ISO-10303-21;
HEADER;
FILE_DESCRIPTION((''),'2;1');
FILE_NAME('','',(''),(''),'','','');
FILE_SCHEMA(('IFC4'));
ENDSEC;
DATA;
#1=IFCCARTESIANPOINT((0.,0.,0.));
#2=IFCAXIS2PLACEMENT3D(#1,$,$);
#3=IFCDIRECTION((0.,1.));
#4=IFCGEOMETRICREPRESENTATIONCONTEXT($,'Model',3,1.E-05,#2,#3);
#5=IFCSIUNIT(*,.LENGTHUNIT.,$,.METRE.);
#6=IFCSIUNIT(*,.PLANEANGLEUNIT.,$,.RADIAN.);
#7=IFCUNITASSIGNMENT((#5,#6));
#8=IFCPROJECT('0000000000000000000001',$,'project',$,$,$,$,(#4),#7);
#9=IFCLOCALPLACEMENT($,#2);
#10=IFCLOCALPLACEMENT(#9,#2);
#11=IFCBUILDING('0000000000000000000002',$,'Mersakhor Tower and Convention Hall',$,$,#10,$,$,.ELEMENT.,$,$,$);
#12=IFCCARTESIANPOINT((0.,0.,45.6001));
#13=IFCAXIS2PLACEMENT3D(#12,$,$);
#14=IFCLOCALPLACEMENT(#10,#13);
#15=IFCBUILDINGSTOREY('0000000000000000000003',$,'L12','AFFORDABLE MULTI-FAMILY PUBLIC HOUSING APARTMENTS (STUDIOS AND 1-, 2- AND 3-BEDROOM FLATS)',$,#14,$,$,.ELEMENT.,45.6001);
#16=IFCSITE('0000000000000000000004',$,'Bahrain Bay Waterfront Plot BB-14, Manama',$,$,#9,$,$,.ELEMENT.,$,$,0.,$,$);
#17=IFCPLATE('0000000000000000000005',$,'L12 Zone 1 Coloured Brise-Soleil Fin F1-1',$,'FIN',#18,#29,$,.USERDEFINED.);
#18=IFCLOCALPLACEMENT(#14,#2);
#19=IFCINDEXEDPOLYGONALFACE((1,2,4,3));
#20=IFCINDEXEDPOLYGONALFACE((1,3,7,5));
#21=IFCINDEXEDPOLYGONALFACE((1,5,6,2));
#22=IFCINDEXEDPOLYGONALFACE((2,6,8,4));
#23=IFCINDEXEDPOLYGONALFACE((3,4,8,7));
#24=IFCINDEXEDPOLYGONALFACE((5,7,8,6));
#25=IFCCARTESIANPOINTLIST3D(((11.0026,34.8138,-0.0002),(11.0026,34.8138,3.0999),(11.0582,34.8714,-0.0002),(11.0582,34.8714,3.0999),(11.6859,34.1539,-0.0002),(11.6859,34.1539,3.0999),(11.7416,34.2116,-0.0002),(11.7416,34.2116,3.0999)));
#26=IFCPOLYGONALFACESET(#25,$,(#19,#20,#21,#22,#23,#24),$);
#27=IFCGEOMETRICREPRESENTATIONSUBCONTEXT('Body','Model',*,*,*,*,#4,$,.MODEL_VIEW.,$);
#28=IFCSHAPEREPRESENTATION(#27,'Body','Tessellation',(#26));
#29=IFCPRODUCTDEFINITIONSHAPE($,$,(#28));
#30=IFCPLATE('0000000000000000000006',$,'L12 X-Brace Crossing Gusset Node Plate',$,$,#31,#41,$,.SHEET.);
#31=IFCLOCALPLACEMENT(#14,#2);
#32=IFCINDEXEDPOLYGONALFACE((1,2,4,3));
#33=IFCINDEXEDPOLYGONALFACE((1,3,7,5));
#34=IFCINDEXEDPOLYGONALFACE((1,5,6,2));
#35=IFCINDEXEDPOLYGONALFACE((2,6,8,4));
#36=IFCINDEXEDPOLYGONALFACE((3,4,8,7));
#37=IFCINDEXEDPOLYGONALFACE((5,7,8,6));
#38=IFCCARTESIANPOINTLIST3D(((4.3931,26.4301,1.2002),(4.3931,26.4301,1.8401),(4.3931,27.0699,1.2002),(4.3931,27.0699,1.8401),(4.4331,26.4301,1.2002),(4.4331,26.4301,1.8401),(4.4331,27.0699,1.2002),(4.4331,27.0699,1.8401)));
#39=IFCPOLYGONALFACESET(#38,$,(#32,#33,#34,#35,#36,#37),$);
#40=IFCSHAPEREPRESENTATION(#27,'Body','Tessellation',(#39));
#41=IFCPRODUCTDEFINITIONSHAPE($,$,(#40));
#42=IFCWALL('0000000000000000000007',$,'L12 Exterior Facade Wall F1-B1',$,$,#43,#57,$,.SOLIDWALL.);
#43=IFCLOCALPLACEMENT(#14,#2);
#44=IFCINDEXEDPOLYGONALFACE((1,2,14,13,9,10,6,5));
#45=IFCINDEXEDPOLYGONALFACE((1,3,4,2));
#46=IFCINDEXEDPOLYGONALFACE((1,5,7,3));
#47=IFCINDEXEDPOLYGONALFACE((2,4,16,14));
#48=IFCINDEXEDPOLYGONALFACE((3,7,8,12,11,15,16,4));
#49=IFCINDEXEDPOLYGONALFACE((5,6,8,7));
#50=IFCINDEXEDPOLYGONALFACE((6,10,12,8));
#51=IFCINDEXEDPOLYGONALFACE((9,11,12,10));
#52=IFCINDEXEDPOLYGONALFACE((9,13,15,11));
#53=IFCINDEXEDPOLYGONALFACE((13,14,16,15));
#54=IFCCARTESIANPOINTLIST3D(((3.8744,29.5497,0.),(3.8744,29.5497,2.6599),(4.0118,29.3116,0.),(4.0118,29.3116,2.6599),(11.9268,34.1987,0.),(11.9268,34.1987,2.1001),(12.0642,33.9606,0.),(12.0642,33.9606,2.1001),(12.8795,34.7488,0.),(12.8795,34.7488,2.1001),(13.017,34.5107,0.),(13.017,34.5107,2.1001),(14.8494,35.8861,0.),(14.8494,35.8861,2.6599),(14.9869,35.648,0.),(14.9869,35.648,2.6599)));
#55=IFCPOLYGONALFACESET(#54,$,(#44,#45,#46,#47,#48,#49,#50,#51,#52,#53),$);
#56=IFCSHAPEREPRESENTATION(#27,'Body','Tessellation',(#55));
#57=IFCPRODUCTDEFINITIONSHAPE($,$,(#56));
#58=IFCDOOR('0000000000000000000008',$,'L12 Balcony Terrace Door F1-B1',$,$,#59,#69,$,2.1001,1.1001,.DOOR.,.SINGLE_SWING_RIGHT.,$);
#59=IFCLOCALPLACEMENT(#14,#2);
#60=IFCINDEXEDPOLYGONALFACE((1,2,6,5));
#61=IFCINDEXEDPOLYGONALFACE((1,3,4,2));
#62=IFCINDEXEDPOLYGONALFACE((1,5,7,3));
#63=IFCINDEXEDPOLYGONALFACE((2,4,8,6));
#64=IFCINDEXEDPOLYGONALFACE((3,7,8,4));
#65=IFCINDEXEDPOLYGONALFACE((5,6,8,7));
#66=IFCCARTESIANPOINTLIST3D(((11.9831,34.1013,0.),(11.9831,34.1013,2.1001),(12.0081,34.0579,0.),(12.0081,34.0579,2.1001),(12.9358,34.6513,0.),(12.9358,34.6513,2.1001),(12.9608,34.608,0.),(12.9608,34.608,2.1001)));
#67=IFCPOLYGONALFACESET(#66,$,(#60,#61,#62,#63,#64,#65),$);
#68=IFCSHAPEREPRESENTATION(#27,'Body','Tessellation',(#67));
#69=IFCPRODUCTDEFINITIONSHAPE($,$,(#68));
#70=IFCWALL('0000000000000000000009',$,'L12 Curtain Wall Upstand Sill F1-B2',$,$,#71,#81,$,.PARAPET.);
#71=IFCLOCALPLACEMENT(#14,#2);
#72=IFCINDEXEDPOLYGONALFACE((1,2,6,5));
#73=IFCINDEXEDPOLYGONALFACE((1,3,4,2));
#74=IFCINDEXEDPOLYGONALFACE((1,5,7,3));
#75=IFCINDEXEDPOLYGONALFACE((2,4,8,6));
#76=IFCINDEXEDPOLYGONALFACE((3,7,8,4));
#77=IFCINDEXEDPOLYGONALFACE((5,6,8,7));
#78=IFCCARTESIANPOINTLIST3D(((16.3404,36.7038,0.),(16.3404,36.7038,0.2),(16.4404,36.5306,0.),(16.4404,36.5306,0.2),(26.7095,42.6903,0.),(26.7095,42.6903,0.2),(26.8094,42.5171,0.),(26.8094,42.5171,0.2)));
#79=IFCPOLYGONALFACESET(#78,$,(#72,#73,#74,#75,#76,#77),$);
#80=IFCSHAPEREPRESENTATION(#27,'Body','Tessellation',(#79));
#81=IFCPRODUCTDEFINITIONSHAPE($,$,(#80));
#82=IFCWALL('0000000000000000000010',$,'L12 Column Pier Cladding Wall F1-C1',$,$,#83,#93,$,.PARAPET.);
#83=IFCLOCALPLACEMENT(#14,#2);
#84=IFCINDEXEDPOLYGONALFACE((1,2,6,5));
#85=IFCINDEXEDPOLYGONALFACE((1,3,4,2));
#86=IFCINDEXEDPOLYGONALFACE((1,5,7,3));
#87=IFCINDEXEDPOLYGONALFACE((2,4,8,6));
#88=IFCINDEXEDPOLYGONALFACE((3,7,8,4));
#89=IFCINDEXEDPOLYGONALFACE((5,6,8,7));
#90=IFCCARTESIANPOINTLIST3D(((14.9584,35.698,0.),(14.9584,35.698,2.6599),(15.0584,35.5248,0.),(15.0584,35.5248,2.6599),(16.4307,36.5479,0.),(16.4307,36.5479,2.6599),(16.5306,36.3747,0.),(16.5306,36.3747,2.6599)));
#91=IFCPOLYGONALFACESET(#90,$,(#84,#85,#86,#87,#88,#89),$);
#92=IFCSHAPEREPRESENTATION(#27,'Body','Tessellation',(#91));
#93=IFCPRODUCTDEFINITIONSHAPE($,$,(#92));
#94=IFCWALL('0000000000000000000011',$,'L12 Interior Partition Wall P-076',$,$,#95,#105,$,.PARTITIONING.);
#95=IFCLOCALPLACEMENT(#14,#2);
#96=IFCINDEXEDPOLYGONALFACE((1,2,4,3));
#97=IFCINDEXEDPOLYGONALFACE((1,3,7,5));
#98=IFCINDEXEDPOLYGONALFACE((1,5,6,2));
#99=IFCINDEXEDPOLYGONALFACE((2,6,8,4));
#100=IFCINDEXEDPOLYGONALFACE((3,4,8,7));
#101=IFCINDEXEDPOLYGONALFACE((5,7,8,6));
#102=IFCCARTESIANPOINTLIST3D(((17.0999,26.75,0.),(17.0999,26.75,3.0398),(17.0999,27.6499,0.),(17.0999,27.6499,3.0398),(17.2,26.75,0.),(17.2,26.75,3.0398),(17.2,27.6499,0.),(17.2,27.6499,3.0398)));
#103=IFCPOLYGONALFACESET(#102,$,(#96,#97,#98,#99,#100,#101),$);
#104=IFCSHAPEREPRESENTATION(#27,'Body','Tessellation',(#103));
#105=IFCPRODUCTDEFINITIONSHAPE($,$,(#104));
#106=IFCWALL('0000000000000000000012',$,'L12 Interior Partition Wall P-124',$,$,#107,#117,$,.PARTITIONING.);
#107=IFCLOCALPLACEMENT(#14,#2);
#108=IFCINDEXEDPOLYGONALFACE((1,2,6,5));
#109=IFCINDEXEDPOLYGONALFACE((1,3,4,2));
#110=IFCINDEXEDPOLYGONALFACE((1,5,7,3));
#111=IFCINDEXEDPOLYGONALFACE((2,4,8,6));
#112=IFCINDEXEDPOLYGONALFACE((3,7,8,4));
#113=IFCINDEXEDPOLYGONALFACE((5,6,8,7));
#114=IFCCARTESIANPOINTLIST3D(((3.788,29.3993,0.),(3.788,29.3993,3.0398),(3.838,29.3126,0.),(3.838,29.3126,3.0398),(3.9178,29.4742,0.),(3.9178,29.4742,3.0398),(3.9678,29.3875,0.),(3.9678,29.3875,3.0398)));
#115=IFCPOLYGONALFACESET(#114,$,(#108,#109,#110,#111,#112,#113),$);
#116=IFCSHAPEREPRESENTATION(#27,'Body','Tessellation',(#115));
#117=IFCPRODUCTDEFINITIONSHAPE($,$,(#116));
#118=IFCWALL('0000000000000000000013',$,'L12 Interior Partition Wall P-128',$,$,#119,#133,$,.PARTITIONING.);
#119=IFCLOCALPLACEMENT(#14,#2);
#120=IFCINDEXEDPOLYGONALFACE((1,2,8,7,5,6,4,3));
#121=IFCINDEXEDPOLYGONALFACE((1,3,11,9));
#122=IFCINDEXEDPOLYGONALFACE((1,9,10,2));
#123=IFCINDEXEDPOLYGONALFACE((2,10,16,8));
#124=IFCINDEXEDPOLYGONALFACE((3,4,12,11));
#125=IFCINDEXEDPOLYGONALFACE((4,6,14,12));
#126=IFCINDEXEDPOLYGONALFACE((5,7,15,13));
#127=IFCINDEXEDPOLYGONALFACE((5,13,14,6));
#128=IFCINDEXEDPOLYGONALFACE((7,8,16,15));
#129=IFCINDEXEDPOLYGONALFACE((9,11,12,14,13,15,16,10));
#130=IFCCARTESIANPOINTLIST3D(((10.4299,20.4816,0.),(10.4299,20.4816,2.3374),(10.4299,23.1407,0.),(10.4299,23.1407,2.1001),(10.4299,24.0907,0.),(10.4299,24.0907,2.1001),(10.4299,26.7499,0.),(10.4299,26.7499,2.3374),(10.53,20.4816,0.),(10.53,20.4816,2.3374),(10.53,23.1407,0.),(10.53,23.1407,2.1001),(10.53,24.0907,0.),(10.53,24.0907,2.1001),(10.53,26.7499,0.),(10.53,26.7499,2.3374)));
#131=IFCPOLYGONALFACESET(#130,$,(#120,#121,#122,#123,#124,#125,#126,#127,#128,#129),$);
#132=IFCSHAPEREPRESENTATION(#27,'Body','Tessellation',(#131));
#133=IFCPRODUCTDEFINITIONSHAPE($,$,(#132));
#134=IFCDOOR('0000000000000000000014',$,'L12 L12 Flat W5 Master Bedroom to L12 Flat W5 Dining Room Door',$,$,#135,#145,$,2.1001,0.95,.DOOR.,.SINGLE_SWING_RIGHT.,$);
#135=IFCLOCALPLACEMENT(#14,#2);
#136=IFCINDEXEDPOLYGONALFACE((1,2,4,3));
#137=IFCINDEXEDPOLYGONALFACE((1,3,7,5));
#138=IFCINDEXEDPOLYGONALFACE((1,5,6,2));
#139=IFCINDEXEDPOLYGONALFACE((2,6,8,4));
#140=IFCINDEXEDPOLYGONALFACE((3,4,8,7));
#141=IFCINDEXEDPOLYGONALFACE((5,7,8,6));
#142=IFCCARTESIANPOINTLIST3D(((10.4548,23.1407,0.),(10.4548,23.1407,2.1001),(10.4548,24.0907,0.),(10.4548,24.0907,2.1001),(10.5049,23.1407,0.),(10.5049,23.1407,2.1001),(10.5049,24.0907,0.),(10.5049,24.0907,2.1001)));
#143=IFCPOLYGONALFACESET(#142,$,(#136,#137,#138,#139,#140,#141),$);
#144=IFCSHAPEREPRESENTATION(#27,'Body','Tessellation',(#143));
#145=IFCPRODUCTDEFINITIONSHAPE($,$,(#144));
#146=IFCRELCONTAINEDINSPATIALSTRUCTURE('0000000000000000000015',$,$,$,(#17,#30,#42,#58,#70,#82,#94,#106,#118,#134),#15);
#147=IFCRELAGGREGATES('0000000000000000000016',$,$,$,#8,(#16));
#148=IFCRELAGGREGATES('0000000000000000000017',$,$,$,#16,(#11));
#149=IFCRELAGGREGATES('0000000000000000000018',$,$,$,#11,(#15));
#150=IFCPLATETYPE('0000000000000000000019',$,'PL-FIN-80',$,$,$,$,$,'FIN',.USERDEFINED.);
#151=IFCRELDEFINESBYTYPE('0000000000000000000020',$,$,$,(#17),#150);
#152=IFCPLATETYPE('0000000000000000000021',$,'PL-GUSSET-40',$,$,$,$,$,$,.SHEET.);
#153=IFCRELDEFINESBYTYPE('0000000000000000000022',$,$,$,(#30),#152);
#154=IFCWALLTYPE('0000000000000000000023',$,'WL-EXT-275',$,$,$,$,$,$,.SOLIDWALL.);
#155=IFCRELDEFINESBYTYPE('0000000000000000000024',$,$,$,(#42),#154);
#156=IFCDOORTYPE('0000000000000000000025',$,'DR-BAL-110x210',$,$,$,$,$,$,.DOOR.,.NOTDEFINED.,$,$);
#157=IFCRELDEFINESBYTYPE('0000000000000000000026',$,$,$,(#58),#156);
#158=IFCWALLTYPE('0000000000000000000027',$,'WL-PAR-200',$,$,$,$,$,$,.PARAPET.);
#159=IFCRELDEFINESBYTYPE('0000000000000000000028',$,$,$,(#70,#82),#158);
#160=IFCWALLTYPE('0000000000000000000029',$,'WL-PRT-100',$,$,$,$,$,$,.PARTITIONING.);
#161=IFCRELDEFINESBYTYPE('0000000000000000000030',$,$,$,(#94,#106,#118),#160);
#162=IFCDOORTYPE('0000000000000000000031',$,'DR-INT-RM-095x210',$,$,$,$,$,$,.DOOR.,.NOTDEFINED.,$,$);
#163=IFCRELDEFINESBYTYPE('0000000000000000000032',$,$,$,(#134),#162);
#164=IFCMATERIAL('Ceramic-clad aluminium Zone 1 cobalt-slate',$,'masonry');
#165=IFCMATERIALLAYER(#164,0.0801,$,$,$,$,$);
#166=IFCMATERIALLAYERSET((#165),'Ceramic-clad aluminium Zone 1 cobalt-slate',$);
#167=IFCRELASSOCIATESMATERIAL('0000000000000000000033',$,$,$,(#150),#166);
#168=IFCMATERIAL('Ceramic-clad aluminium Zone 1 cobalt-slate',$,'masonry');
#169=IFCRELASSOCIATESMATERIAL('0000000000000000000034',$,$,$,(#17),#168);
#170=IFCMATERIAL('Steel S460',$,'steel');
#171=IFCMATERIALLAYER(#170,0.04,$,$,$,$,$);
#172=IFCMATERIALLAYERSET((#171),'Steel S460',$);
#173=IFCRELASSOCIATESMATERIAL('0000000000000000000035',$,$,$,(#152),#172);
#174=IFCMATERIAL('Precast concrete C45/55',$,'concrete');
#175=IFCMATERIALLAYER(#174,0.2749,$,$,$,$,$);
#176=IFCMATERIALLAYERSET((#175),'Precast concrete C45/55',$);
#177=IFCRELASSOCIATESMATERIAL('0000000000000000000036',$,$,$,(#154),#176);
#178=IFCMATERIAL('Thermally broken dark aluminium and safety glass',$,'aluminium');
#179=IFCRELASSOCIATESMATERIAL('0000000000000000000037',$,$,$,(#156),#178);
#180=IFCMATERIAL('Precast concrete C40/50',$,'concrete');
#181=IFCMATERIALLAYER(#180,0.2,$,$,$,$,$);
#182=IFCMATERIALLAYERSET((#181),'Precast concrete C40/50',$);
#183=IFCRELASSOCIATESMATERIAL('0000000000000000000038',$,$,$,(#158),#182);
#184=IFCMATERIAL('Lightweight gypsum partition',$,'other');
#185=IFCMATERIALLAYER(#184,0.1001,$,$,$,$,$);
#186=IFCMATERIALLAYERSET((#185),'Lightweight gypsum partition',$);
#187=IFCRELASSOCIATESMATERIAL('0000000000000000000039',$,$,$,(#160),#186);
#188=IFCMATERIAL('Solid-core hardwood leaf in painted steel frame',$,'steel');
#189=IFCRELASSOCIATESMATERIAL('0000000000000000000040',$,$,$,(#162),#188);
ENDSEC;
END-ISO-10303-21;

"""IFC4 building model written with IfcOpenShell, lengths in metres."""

from ifc_helpers import new_model, si_unit, direction, frame, frame_2d, origin, origin_2d, place, context, subcontext, project, spatial, rectangle, extrude, material, layer, layer_set, type_object, element, fill, save


model = new_model("IFC4")

# Units and contexts
model_context = context("Model", 3, precision=1e-05, world=origin(), true_north=direction((0.0, 1.0)))
body_context = subcontext(model_context, "Body", "Model", "MODEL_VIEW")
ifc_project = project(units=[si_unit("LENGTHUNIT", "METRE"), si_unit("PLANEANGLEUNIT", "RADIAN")], contexts=[model_context])

# Site, building, storey
site_placement = place(None, origin())
site = spatial("IfcSite", under=ifc_project, at=site_placement, Name="Bahrain Bay Waterfront Plot BB-14, Manama", CompositionType="ELEMENT", RefElevation=0.0)
building_placement = place(site_placement, origin())
building = spatial("IfcBuilding", under=site, at=building_placement, Name="Mersakhor Tower and Convention Hall", CompositionType="ELEMENT")
storey_placement = place(building_placement, frame((0.0, 0.0, 45.6001)))
storey = spatial("IfcBuildingStorey", under=building, at=storey_placement, Name="L12", Description="AFFORDABLE MULTI-FAMILY PUBLIC HOUSING APARTMENTS (STUDIOS AND 1-, 2- AND 3-BEDROOM FLATS)", CompositionType="ELEMENT", Elevation=45.6001)

# Plates
ifc_material_1 = material(Name="Ceramic-clad aluminium Zone 1 cobalt-slate", Category="masonry")
ifc_material_2 = material(Name="Ceramic-clad aluminium Zone 1 cobalt-slate", Category="masonry")
ifc_layer_1 = layer(ifc_material_2, 0.0801)
ifc_layer_set_1 = layer_set([ifc_layer_1], Name="Ceramic-clad aluminium Zone 1 cobalt-slate")
plate_type_1 = type_object("IfcPlateType", Name="PL-FIN-80", ElementType="FIN", PredefinedType="USERDEFINED", material=ifc_layer_set_1)
plate_1_placement = place(storey_placement, frame((11.3721, 34.5127, -0.0002), z_axis=(0.0, 0.0, 1.0), x_axis=(-0.71934, 0.694658, 0.0)))
element("IfcPlate", 1, at=plate_1_placement, inside=storey, type_object=plate_type_1, material=ifc_material_1, Name="L12 Zone 1 Coloured Brise-Soleil Fin F1-1", ObjectType="FIN", PredefinedType="USERDEFINED", context=body_context, shape_type="SweptSolid", body=[
    extrude(rectangle(XDim=0.95, YDim=0.0801, at=origin_2d()), origin(), (0.0, 0.0, 1.0), 3.1001),
])
ifc_material_3 = material(Name="Steel S460", Category="steel")
ifc_layer_2 = layer(ifc_material_3, 0.04)
ifc_layer_set_2 = layer_set([ifc_layer_2], Name="Steel S460")
plate_type_2 = type_object("IfcPlateType", Name="PL-GUSSET-40", PredefinedType="SHEET", material=ifc_layer_set_2)
plate_2_placement = place(storey_placement, frame((4.4131, 26.75, 1.2002), z_axis=(0.0, 0.0, 1.0), x_axis=(0.0, -1.0, 0.0)))
element("IfcPlate", 2, at=plate_2_placement, inside=storey, type_object=plate_type_2, Name="L12 X-Brace Crossing Gusset Node Plate", PredefinedType="SHEET", context=body_context, shape_type="SweptSolid", body=[
    extrude(rectangle(XDim=0.6399, YDim=0.04, at=origin_2d()), origin(), (0.0, 0.0, 1.0), 0.6399),
])

# Wall, opening, door
ifc_material_4 = material(Name="Precast concrete C45/55", Category="concrete")
ifc_layer_3 = layer(ifc_material_4, 0.2749)
ifc_layer_set_3 = layer_set([ifc_layer_3], Name="Precast concrete C45/55")
wall_type_1 = type_object("IfcWallType", Name="WL-EXT-275", PredefinedType="SOLIDWALL", material=ifc_layer_set_3)
wall_1_placement = place(storey_placement, frame((3.9431, 29.4307, 0.0), z_axis=(0.0, 0.0, 1.0), x_axis=(0.866027, 0.499997, 0.0)))
wall_1 = element("IfcWall", 3, at=wall_1_placement, inside=storey, type_object=wall_type_1, Name="L12 Exterior Facade Wall F1-B1", PredefinedType="SOLIDWALL", context=body_context, shape_type="SweptSolid", body=[
    extrude(rectangle(XDim=12.6729, YDim=0.2749, at=frame_2d((6.3364, 0.0))), origin(), (0.0, 0.0, 1.0), 2.6599),
])
opening_1_placement = place(wall_1_placement, frame((9.2981, 0.0, 0.0)))
opening_1 = element("IfcOpeningElement", 4, at=opening_1_placement, cuts=wall_1, PredefinedType="OPENING", context=body_context, shape_type="SweptSolid", body=[
    extrude(rectangle(XDim=1.1001, YDim=2.1001, at=frame_2d((0.55, 1.05))), frame((0.0, 0.1475, 0.0), z_axis=(0.0, -1.0, 0.0), x_axis=(1.0, 0.0, 0.0)), (0.0, 0.0, 1.0), 0.2949),
])
ifc_material_5 = material(Name="Thermally broken dark aluminium and safety glass", Category="aluminium")
door_type_1 = type_object("IfcDoorType", Name="DR-BAL-110x210", OperationType="NOTDEFINED", PredefinedType="DOOR", material=ifc_material_5)
door_1_placement = place(opening_1_placement, origin())
door_1 = element("IfcDoor", 5, at=door_1_placement, inside=storey, type_object=door_type_1, Name="L12 Balcony Terrace Door F1-B1", OperationType="SINGLE_SWING_RIGHT", OverallHeight=2.1001, OverallWidth=1.1001, PredefinedType="DOOR", context=body_context, shape_type="SweptSolid", body=[
    extrude(rectangle(XDim=1.1001, YDim=2.1001, at=frame_2d((0.55, 1.05))), frame((0.0, 0.0249, 0.0), z_axis=(0.0, -1.0, 0.0), x_axis=(1.0, 0.0, 0.0)), (0.0, 0.0, 1.0), 0.05),
])
fill(opening_1, door_1)

# Walls
ifc_material_6 = material(Name="Precast concrete C40/50", Category="concrete")
ifc_layer_4 = layer(ifc_material_6, 0.2)
ifc_layer_set_4 = layer_set([ifc_layer_4], Name="Precast concrete C40/50")
wall_type_2 = type_object("IfcWallType", Name="WL-PAR-200", PredefinedType="PARAPET", material=ifc_layer_set_4)
wall_2_placement = place(storey_placement, frame((16.3904, 36.6172, 0.0), z_axis=(0.0, 0.0, 1.0), x_axis=(0.866027, 0.499997, 0.0)))
element("IfcWall", 6, at=wall_2_placement, inside=storey, type_object=wall_type_2, Name="L12 Curtain Wall Upstand Sill F1-B2", PredefinedType="PARAPET", context=body_context, shape_type="SweptSolid", body=[
    extrude(rectangle(XDim=11.9731, YDim=0.2, at=frame_2d((5.9866, 0.0))), origin(), (0.0, 0.0, 1.0), 0.2),
])
wall_3_placement = place(storey_placement, frame((15.0083, 35.6113, 0.0), z_axis=(0.0, 0.0, 1.0), x_axis=(0.866052, 0.499955, 0.0)))
element("IfcWall", 7, at=wall_3_placement, inside=storey, type_object=wall_type_2, Name="L12 Column Pier Cladding Wall F1-C1", PredefinedType="PARAPET", context=body_context, shape_type="SweptSolid", body=[
    extrude(rectangle(XDim=1.7, YDim=0.2, at=frame_2d((0.8501, 0.0))), origin(), (0.0, 0.0, 1.0), 2.6599),
])
ifc_material_7 = material(Name="Lightweight gypsum partition", Category="other")
ifc_layer_5 = layer(ifc_material_7, 0.1001)
ifc_layer_set_5 = layer_set([ifc_layer_5], Name="Lightweight gypsum partition")
wall_type_3 = type_object("IfcWallType", Name="WL-PRT-100", PredefinedType="PARTITIONING", material=ifc_layer_set_5)
wall_4_placement = place(storey_placement, frame((17.1499, 26.75, 0.0), z_axis=(0.0, 0.0, 1.0), x_axis=(0.0, 1.0, 0.0)))
element("IfcWall", 8, at=wall_4_placement, inside=storey, type_object=wall_type_3, Name="L12 Interior Partition Wall P-076", PredefinedType="PARTITIONING", context=body_context, shape_type="SweptSolid", body=[
    extrude(rectangle(XDim=0.8999, YDim=0.1001, at=frame_2d((0.45, 0.0))), origin(), (0.0, 0.0, 1.0), 3.0398),
])
wall_5_placement = place(storey_placement, frame((3.813, 29.356, 0.0), z_axis=(0.0, 0.0, 1.0), x_axis=(0.866131, 0.499816, 0.0)))
element("IfcWall", 9, at=wall_5_placement, inside=storey, type_object=wall_type_3, Name="L12 Interior Partition Wall P-124", PredefinedType="PARTITIONING", context=body_context, shape_type="SweptSolid", body=[
    extrude(rectangle(XDim=0.1499, YDim=0.1001, at=frame_2d((0.075, 0.0))), origin(), (0.0, 0.0, 1.0), 3.0398),
])

# Wall, opening, door
wall_6_placement = place(storey_placement, frame((10.48, 26.75, 0.0), z_axis=(0.0, 0.0, 1.0), x_axis=(0.0, -1.0, 0.0)))
wall_6 = element("IfcWall", 10, at=wall_6_placement, inside=storey, type_object=wall_type_3, Name="L12 Interior Partition Wall P-128", PredefinedType="PARTITIONING", context=body_context, shape_type="SweptSolid", body=[
    extrude(rectangle(XDim=6.2683, YDim=0.1001, at=frame_2d((3.1343, 0.0))), origin(), (0.0, 0.0, 1.0), 2.3374),
])
opening_2_placement = place(wall_6_placement, frame((2.6592, 0.0, 0.0)))
opening_2 = element("IfcOpeningElement", 11, at=opening_2_placement, cuts=wall_6, PredefinedType="OPENING", context=body_context, shape_type="SweptSolid", body=[
    extrude(rectangle(XDim=0.95, YDim=2.1001, at=frame_2d((0.4751, 1.05))), frame((0.0, 0.0601, 0.0), z_axis=(0.0, -1.0, 0.0), x_axis=(1.0, 0.0, 0.0)), (0.0, 0.0, 1.0), 0.1201),
])
ifc_material_8 = material(Name="Solid-core hardwood leaf in painted steel frame", Category="steel")
door_type_2 = type_object("IfcDoorType", Name="DR-INT-RM-095x210", OperationType="NOTDEFINED", PredefinedType="DOOR", material=ifc_material_8)
door_2_placement = place(opening_2_placement, origin())
door_2 = element("IfcDoor", 12, at=door_2_placement, inside=storey, type_object=door_type_2, Name="L12 L12 Flat W5 Master Bedroom to L12 Flat W5 Dining Room Door", OperationType="SINGLE_SWING_RIGHT", OverallHeight=2.1001, OverallWidth=0.95, PredefinedType="DOOR", context=body_context, shape_type="SweptSolid", body=[
    extrude(rectangle(XDim=0.95, YDim=2.1001, at=frame_2d((0.4751, 1.05))), frame((0.0, 0.0249, 0.0), z_axis=(0.0, -1.0, 0.0), x_axis=(1.0, 0.0, 0.0)), (0.0, 0.0, 1.0), 0.05),
])
fill(opening_2, door_2)

save(model, "model.ifc")
